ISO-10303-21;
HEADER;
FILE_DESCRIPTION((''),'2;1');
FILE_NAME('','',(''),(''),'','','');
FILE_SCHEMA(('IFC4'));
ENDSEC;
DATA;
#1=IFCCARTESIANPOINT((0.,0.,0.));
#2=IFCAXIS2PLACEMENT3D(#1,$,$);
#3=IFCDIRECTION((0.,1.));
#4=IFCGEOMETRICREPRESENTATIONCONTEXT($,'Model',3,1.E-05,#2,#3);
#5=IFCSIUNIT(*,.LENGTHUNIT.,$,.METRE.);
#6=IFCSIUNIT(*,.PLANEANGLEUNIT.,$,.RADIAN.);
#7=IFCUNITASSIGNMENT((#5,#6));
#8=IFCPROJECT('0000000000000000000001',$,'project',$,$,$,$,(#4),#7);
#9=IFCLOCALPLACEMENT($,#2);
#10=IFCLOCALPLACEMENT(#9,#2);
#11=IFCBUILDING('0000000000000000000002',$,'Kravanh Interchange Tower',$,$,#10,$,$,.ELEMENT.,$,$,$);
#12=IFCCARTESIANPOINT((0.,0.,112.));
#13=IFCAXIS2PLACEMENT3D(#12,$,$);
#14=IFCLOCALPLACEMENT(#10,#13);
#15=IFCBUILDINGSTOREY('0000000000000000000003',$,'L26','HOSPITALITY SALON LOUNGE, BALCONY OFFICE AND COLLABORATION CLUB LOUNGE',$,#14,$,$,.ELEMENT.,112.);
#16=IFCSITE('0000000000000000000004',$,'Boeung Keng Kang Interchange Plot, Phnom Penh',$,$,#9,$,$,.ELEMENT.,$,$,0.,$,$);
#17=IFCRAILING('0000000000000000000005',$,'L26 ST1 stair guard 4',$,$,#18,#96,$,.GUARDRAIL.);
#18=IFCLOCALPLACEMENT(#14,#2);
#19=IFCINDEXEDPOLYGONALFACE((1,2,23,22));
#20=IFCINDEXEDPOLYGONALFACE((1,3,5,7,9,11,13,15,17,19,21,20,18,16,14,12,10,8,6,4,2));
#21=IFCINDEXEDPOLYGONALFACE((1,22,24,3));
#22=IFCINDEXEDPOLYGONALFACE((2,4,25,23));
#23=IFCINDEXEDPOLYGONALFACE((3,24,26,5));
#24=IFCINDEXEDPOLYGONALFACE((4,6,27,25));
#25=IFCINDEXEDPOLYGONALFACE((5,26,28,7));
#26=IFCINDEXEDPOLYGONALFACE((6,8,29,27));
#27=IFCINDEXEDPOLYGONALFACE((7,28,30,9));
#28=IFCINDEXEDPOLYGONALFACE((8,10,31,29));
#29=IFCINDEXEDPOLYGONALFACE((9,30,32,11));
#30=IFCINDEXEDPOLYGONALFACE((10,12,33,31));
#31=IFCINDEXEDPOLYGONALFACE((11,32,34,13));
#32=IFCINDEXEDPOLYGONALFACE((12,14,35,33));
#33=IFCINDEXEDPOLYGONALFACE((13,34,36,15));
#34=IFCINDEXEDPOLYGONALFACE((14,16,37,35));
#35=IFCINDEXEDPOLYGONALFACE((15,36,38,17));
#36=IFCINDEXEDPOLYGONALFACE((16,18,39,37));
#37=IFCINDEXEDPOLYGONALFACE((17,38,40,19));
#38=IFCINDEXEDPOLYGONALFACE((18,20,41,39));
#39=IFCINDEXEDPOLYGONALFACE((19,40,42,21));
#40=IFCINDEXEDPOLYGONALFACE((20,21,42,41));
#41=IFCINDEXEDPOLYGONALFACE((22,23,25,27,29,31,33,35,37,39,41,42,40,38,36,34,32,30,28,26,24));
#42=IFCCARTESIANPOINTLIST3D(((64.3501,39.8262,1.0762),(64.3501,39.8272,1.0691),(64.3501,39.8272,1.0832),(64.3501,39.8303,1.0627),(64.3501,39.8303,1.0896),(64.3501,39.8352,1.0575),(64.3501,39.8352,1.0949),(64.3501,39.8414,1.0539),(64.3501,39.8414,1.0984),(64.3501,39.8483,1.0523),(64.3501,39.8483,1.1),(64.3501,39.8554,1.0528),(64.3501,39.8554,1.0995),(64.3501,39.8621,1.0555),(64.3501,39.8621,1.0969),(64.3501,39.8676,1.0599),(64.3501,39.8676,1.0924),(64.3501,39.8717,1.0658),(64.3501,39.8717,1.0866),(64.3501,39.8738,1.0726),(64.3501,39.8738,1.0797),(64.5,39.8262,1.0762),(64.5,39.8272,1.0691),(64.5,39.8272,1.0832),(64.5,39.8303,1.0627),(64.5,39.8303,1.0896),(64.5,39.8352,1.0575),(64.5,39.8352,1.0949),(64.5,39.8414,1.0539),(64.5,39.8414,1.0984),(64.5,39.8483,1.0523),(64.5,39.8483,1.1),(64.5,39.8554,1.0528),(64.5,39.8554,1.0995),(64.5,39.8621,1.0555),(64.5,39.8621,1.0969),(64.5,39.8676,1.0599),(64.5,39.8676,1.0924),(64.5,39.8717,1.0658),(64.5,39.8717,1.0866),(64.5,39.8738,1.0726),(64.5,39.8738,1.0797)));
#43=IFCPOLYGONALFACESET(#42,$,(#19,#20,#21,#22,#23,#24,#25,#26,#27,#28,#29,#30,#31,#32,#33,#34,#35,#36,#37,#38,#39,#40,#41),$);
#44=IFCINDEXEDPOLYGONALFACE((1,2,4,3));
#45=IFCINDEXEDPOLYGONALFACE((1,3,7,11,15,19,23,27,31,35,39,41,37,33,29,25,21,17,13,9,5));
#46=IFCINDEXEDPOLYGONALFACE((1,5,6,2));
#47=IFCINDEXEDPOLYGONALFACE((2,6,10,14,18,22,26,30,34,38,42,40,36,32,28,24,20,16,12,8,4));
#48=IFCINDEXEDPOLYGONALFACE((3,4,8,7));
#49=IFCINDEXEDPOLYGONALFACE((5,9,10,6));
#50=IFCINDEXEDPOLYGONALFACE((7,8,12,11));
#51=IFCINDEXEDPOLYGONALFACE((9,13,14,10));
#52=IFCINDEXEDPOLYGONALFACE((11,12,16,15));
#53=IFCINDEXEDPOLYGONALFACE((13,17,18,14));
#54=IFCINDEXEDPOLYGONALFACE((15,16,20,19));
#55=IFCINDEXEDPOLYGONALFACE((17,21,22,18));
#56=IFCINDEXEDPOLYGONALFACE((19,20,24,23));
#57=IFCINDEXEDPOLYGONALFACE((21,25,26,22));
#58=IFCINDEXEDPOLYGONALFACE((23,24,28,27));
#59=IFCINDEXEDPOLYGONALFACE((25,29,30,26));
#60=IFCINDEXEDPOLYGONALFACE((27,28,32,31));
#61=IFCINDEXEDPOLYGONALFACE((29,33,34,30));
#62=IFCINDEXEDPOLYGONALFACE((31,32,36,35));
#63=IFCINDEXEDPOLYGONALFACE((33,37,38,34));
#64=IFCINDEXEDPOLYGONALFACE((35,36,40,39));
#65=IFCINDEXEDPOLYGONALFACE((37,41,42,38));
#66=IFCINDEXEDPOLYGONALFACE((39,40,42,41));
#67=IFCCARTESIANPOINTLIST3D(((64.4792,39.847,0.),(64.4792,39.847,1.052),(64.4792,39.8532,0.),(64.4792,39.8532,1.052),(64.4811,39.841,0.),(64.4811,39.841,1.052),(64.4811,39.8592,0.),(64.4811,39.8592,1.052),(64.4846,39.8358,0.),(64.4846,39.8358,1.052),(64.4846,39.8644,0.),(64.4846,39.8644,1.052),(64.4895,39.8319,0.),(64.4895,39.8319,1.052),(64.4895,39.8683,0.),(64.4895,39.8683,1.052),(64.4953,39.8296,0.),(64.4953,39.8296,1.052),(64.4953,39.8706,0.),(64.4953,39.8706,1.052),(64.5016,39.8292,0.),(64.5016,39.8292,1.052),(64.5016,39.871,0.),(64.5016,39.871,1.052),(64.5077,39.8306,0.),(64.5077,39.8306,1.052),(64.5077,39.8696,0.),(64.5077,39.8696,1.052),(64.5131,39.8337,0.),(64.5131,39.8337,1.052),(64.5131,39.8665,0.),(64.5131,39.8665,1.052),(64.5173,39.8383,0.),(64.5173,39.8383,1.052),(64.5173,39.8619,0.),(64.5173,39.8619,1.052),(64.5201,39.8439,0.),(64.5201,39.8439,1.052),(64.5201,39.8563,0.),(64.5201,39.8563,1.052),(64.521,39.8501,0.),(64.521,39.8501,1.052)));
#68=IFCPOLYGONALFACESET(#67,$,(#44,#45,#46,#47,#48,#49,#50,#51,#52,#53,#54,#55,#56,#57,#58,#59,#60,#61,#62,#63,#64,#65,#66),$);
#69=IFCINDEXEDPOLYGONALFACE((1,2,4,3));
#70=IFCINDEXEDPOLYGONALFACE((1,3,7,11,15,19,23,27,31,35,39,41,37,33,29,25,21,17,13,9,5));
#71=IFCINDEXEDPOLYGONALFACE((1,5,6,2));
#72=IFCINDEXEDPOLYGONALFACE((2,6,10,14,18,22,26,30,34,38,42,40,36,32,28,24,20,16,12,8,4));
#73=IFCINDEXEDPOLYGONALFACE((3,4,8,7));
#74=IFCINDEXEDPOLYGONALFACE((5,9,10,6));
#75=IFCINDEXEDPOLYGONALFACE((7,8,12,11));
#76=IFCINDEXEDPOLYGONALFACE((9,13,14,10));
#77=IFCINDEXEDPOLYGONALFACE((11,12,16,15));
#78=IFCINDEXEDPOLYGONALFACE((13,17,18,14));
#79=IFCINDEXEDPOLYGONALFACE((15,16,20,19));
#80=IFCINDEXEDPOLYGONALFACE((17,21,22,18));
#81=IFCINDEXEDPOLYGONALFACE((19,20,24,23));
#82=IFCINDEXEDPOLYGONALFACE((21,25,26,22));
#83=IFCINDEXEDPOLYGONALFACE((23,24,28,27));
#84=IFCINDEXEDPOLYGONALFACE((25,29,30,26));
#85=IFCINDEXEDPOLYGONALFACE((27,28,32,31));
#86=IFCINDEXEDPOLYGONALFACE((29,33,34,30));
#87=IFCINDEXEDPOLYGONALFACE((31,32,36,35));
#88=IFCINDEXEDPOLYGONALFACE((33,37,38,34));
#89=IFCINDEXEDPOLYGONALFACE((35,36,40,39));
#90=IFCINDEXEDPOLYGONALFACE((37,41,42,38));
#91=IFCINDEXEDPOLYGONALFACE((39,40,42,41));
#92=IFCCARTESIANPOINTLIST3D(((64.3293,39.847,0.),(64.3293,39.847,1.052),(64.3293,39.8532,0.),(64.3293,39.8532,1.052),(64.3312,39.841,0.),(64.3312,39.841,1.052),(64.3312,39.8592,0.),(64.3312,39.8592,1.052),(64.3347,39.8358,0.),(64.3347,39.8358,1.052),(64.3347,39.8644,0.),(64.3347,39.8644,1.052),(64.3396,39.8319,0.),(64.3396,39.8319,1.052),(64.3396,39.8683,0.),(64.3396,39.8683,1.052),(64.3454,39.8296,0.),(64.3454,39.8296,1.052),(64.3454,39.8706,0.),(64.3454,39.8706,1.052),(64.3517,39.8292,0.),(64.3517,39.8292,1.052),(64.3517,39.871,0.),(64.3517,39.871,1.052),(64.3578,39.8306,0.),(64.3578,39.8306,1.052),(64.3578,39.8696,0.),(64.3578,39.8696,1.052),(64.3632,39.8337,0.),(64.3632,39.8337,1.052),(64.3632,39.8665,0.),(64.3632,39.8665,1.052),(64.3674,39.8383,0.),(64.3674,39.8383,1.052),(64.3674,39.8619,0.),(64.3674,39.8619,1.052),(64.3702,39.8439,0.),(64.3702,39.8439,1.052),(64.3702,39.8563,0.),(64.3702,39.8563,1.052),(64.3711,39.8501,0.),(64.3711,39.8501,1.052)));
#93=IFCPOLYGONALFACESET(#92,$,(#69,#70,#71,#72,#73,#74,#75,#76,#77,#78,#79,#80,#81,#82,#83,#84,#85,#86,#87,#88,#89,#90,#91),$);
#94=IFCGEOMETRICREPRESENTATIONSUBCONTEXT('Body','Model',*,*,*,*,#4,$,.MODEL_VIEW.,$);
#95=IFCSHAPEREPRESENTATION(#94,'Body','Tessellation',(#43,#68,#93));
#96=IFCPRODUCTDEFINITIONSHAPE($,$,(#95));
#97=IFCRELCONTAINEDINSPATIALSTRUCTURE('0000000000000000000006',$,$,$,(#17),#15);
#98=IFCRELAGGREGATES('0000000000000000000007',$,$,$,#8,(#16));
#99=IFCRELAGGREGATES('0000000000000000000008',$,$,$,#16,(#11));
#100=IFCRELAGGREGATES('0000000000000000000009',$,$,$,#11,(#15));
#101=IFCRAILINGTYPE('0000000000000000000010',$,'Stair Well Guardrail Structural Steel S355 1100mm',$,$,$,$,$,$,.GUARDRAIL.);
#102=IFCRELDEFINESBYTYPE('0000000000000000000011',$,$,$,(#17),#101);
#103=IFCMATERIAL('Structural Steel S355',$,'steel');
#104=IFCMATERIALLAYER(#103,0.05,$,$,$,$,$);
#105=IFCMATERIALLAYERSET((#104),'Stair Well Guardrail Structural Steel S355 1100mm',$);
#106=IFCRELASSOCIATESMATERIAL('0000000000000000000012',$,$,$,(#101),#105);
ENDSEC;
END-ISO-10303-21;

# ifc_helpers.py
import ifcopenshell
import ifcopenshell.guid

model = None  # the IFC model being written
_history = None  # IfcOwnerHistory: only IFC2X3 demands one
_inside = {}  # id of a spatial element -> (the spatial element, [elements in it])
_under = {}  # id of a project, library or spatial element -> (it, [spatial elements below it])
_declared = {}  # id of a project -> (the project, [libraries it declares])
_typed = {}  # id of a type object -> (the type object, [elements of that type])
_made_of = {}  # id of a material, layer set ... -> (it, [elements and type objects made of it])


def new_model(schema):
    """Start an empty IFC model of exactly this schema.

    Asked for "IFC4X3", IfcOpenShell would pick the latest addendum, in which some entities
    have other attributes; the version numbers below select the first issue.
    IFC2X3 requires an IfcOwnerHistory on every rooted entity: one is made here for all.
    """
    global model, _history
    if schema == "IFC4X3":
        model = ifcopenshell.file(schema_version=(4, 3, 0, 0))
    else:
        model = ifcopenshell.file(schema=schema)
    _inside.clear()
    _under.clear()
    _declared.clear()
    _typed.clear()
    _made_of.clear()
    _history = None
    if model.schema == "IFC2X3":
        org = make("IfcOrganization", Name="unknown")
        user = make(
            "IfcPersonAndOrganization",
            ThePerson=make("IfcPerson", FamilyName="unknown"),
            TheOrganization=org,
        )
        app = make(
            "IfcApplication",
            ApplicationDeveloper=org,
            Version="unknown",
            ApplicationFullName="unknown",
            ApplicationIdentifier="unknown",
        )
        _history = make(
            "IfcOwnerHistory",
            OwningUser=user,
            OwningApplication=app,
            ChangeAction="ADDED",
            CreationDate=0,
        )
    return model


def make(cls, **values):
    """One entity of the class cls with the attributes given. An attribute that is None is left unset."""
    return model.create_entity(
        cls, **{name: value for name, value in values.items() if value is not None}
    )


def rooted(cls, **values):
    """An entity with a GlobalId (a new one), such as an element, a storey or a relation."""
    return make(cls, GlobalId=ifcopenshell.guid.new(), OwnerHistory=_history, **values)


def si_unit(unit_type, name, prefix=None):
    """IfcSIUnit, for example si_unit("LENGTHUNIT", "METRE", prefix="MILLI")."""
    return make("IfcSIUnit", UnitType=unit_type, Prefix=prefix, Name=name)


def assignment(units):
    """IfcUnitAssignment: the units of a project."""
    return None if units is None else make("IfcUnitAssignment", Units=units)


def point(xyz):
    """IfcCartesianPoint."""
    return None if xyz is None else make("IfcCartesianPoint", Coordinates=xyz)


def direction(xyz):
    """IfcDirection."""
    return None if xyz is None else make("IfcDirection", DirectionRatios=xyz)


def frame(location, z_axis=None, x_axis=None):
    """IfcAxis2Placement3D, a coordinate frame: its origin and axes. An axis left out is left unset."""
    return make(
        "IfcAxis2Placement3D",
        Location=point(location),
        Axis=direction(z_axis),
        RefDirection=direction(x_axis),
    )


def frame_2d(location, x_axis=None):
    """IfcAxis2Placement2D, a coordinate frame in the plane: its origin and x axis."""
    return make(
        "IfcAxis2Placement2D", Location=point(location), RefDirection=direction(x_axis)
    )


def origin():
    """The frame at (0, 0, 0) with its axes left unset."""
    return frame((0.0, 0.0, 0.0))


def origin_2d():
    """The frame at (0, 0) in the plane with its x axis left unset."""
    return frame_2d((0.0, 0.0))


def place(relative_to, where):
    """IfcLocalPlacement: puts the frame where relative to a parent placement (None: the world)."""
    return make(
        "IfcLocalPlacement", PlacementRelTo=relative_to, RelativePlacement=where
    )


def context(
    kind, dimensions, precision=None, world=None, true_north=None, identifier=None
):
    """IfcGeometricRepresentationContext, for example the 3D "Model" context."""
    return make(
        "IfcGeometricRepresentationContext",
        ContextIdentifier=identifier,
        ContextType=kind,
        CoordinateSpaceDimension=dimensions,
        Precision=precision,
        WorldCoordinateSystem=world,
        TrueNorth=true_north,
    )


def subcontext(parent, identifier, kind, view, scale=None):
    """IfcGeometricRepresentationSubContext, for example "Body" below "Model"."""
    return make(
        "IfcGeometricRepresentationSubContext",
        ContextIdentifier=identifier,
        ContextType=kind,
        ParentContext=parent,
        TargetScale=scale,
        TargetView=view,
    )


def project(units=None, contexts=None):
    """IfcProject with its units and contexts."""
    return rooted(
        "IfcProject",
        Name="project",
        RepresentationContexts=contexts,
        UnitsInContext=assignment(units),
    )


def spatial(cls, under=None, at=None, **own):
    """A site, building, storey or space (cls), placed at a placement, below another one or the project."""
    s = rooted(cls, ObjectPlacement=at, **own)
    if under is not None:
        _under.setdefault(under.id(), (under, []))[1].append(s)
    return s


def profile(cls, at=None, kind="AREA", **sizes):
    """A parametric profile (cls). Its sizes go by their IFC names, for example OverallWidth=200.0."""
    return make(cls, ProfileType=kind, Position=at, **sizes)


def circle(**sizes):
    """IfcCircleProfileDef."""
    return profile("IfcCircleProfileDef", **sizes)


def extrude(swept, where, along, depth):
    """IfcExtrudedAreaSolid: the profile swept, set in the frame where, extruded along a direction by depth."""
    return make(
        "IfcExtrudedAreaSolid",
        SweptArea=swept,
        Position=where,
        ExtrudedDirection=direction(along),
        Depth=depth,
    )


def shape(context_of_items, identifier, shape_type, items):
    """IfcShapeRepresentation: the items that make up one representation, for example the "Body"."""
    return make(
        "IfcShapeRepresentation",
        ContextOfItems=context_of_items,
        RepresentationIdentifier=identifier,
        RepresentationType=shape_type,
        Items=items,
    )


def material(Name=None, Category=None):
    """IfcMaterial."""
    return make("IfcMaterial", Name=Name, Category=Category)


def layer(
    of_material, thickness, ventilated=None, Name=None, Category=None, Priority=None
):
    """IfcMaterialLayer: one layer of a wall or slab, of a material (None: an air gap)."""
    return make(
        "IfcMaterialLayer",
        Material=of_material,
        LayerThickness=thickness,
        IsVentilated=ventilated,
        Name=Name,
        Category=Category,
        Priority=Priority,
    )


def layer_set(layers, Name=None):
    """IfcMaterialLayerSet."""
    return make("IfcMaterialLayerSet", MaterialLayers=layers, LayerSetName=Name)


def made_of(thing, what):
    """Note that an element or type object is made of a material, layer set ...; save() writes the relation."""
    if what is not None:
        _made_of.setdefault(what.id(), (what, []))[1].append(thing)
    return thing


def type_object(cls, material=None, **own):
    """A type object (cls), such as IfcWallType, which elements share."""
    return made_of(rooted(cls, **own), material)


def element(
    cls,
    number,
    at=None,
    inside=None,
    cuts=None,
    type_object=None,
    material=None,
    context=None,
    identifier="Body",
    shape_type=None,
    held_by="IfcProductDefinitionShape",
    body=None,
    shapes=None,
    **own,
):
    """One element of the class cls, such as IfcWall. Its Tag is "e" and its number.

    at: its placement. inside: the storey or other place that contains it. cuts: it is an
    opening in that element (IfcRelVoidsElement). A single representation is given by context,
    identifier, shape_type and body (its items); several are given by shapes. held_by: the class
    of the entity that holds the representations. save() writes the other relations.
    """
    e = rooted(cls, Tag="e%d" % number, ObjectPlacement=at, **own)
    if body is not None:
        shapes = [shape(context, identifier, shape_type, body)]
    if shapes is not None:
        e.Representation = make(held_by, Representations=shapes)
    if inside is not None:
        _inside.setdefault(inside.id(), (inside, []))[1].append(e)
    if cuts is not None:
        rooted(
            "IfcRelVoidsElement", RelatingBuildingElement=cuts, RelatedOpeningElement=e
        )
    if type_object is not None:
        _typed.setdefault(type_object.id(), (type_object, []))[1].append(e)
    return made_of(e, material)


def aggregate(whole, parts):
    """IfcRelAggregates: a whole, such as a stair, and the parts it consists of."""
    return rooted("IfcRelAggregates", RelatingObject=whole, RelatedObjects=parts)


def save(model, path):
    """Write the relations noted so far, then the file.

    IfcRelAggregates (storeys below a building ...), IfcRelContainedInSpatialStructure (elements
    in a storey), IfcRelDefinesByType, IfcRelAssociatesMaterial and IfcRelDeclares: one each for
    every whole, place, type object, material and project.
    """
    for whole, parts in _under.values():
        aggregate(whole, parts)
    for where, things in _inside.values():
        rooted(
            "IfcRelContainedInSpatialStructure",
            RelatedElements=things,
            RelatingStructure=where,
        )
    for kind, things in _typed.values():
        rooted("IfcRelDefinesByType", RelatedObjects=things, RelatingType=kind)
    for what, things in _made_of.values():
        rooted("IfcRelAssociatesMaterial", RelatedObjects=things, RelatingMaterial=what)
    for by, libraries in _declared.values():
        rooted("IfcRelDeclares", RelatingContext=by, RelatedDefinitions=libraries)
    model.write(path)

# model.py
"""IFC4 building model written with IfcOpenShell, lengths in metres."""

from ifc_helpers import new_model, si_unit, direction, frame, origin, origin_2d, place, context, subcontext, project, spatial, circle, extrude, material, layer, layer_set, type_object, element, save


model = new_model("IFC4")

# Units and contexts
model_context = context("Model", 3, precision=1e-05, world=origin(), true_north=direction((0.0, 1.0)))
body_context = subcontext(model_context, "Body", "Model", "MODEL_VIEW")
ifc_project = project(units=[si_unit("LENGTHUNIT", "METRE"), si_unit("PLANEANGLEUNIT", "RADIAN")], contexts=[model_context])

# Site, building, storey
site_placement = place(None, origin())
site = spatial("IfcSite", under=ifc_project, at=site_placement, Name="Boeung Keng Kang Interchange Plot, Phnom Penh", CompositionType="ELEMENT", RefElevation=0.0)
building_placement = place(site_placement, origin())
building = spatial("IfcBuilding", under=site, at=building_placement, Name="Kravanh Interchange Tower", CompositionType="ELEMENT")
storey_placement = place(building_placement, frame((0.0, 0.0, 112.0)))
storey = spatial("IfcBuildingStorey", under=building, at=storey_placement, Name="L26", Description="HOSPITALITY SALON LOUNGE, BALCONY OFFICE AND COLLABORATION CLUB LOUNGE", CompositionType="ELEMENT", Elevation=112.0)

# Railing
ifc_material_1 = material(Name="Structural Steel S355", Category="steel")
ifc_layer_1 = layer(ifc_material_1, 0.05)
ifc_layer_set_1 = layer_set([ifc_layer_1], Name="Stair Well Guardrail Structural Steel S355 1100mm")
railing_type_1 = type_object("IfcRailingType", Name="Stair Well Guardrail Structural Steel S355 1100mm", PredefinedType="GUARDRAIL", material=ifc_layer_set_1)
railing_1_placement = place(storey_placement, frame((64.5, 39.8501, 0.0)))
element("IfcRailing", 1, at=railing_1_placement, inside=storey, type_object=railing_type_1, Name="L26 ST1 stair guard 4", PredefinedType="GUARDRAIL", context=body_context, shape_type="SweptSolid", body=[
    extrude(circle(Radius=0.0239, at=origin_2d()), frame((0.0, 0.0, 1.0762), z_axis=(-1.0, 0.0, 0.0), x_axis=(0.0, -1.0, 0.0)), (0.0, 0.0, 1.0), 0.1499),
    extrude(circle(Radius=0.021, at=origin_2d()), origin(), (0.0, 0.0, 1.0), 1.052),
    extrude(circle(Radius=0.021, at=origin_2d()), frame((-0.1499, 0.0, 0.0)), (0.0, 0.0, 1.0), 1.052),
])

save(model, "model.ifc")
